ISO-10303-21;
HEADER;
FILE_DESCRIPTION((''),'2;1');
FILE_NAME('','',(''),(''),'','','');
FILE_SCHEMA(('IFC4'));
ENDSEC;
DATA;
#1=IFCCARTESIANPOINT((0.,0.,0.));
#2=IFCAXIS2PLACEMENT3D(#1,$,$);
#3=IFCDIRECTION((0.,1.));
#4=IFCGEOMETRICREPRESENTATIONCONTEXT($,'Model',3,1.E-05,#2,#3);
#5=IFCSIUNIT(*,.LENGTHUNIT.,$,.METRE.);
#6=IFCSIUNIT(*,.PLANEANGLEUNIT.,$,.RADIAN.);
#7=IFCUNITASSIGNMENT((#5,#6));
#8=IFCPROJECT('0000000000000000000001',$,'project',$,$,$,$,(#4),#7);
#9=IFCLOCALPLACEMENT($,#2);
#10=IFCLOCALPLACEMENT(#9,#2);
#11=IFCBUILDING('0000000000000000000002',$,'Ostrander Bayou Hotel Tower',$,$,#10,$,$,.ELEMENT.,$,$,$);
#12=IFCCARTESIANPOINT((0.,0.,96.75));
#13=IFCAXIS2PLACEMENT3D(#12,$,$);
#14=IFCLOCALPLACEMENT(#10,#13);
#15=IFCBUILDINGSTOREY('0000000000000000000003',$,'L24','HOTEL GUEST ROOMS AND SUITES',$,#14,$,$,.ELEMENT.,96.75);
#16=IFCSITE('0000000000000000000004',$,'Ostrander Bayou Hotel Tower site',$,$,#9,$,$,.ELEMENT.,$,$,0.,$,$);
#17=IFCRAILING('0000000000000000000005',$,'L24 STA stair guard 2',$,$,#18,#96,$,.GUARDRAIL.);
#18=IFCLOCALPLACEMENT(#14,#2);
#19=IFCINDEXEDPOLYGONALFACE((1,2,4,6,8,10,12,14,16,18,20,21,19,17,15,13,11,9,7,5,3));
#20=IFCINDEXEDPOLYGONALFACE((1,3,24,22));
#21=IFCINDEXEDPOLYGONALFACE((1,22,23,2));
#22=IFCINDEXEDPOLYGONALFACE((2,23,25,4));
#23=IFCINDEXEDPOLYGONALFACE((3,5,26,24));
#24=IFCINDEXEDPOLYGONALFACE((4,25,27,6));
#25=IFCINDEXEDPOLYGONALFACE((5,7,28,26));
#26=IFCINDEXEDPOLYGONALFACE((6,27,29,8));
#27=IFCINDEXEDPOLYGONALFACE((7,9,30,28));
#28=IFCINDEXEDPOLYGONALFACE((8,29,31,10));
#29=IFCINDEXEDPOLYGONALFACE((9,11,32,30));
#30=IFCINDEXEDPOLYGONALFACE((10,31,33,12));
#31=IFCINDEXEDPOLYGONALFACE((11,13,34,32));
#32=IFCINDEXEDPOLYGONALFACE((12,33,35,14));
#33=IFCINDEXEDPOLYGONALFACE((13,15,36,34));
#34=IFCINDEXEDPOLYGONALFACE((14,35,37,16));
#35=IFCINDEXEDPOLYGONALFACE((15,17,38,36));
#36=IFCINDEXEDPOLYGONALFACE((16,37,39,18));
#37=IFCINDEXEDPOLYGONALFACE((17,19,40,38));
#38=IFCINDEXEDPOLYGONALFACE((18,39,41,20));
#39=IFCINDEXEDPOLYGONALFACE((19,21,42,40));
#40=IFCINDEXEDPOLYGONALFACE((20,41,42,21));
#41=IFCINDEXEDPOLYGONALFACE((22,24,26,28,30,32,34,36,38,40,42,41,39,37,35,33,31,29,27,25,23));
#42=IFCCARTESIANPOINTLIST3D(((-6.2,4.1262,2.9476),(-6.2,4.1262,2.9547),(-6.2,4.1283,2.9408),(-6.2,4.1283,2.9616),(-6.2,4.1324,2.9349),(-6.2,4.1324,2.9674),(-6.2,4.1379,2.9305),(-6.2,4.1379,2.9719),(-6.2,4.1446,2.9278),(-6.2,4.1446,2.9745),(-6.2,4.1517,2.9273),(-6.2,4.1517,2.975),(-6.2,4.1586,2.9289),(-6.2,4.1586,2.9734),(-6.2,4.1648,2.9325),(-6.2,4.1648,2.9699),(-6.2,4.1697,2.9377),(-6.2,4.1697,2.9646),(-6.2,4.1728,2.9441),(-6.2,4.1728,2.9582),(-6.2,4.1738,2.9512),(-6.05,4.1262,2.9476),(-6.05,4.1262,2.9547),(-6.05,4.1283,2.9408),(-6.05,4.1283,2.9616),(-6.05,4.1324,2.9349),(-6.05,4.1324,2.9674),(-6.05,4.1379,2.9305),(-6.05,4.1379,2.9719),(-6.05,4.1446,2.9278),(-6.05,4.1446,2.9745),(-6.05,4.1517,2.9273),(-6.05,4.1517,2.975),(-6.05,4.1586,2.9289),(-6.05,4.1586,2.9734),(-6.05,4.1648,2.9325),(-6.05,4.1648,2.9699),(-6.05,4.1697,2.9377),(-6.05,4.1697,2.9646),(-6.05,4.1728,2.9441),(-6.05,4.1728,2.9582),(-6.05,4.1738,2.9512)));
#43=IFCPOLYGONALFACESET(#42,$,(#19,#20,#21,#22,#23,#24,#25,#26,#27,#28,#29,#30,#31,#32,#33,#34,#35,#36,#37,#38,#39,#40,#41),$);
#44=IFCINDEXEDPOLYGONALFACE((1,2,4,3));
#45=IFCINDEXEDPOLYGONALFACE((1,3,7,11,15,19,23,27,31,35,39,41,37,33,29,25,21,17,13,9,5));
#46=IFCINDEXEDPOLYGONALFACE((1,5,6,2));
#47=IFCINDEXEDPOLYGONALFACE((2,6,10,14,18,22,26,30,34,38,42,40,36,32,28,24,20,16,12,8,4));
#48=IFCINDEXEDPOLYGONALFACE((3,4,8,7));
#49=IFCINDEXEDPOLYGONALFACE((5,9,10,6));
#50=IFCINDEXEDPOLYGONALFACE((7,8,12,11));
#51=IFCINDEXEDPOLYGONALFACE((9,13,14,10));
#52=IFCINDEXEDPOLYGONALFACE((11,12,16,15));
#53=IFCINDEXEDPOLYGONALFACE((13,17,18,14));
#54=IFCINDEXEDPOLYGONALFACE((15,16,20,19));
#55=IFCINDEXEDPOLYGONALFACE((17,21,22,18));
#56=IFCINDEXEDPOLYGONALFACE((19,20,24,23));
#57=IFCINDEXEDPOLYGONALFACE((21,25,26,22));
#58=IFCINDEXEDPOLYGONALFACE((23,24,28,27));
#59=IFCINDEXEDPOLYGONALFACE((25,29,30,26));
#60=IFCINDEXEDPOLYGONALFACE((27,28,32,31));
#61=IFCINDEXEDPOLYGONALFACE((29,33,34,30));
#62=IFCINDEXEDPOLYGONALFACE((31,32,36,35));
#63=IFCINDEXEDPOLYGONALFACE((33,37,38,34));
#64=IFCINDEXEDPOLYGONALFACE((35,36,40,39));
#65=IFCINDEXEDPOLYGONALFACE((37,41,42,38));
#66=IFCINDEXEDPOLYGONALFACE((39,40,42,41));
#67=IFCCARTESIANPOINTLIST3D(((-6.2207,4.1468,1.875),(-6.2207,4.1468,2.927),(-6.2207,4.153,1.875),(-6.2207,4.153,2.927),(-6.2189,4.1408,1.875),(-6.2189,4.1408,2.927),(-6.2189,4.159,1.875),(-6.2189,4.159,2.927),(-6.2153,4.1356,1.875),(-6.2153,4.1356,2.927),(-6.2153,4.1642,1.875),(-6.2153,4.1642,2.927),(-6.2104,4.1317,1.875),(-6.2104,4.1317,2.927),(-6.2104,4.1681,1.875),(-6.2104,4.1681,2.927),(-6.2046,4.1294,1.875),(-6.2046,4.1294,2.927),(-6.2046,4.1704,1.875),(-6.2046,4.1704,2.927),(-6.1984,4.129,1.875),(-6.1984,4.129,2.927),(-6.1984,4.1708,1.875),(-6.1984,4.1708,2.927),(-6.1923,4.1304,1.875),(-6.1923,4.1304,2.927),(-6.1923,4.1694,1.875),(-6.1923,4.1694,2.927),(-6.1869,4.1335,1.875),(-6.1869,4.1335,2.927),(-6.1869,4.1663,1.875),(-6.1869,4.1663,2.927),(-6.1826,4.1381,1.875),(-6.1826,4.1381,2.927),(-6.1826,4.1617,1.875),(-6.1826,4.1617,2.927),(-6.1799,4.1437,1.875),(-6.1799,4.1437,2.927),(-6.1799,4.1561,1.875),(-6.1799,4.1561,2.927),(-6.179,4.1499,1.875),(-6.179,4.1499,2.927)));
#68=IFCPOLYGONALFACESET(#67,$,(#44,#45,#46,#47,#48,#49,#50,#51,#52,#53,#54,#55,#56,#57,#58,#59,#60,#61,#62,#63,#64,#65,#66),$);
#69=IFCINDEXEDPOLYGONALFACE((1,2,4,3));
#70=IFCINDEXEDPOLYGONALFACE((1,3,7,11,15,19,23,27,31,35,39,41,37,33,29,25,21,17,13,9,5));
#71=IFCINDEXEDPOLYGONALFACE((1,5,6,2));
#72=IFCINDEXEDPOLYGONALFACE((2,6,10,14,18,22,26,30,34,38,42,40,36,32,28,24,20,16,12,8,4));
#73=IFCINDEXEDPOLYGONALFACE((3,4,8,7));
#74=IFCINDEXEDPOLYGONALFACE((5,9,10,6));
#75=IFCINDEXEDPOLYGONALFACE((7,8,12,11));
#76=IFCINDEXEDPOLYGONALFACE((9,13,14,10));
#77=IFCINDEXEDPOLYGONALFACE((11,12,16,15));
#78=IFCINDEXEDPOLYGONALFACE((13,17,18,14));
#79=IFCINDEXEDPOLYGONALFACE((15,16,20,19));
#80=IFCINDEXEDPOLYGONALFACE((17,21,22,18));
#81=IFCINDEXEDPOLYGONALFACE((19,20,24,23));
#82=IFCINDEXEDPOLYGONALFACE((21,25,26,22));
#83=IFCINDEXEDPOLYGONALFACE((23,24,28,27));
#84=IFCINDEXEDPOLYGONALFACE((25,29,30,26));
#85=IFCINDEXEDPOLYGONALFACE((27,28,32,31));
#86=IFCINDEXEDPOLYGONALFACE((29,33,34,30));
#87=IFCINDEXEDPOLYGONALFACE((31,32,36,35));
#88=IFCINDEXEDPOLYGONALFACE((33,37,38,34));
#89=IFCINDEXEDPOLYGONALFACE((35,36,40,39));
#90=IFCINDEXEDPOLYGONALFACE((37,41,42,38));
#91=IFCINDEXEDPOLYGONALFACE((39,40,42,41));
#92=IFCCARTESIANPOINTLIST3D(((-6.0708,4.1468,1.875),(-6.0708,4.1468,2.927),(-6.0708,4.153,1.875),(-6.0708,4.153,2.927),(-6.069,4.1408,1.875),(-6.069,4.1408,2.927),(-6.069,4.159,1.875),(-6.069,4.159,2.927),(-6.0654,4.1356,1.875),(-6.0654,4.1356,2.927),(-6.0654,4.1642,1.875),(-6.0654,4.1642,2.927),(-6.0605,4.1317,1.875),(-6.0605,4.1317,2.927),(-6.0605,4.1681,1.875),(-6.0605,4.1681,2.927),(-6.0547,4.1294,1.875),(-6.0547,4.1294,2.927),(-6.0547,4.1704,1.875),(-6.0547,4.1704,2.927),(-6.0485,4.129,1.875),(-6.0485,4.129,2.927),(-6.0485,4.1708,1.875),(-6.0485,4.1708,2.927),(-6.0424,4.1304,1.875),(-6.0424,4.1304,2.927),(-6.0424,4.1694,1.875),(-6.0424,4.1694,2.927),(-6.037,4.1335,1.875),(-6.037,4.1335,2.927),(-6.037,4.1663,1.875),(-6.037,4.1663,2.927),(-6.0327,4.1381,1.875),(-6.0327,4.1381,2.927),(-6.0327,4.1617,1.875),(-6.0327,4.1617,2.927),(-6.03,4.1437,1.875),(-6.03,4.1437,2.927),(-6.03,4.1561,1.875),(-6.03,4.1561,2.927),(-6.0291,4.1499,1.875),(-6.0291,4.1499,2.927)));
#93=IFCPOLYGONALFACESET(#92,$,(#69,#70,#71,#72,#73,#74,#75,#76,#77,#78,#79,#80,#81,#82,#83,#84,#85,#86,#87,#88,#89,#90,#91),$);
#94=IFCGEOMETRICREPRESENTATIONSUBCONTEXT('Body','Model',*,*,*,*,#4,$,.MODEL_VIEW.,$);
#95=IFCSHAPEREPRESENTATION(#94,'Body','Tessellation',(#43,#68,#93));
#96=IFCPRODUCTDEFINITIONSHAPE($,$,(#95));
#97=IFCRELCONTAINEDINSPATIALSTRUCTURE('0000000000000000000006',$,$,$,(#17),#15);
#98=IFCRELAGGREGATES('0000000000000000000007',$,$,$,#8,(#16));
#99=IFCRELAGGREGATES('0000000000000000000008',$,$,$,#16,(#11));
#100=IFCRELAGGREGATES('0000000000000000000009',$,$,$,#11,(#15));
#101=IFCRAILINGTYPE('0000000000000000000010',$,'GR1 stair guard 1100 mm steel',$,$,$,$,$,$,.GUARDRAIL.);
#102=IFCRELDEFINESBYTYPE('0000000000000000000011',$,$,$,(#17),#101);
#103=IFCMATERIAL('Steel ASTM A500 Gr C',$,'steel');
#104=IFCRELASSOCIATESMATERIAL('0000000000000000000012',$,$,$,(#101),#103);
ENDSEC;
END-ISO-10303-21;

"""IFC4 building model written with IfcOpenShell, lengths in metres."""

from ifc_helpers import new_model, si_unit, direction, frame, origin, origin_2d, place, context, subcontext, project, spatial, circle, extrude, material, type_object, element, save


model = new_model("IFC4")

# Units and contexts
model_context = context("Model", 3, precision=1e-05, world=origin(), true_north=direction((0.0, 1.0)))
body_context = subcontext(model_context, "Body", "Model", "MODEL_VIEW")
ifc_project = project(units=[si_unit("LENGTHUNIT", "METRE"), si_unit("PLANEANGLEUNIT", "RADIAN")], contexts=[model_context])

# Site, building, storey
site_placement = place(None, origin())
site = spatial("IfcSite", under=ifc_project, at=site_placement, Name="Ostrander Bayou Hotel Tower site", CompositionType="ELEMENT", RefElevation=0.0)
building_placement = place(site_placement, origin())
building = spatial("IfcBuilding", under=site, at=building_placement, Name="Ostrander Bayou Hotel Tower", CompositionType="ELEMENT")
storey_placement = place(building_placement, frame((0.0, 0.0, 96.75)))
storey = spatial("IfcBuildingStorey", under=building, at=storey_placement, Name="L24", Description="HOTEL GUEST ROOMS AND SUITES", CompositionType="ELEMENT", Elevation=96.75)

# Railing
ifc_material_1 = material(Name="Steel ASTM A500 Gr C", Category="steel")
railing_type_1 = type_object("IfcRailingType", Name="GR1 stair guard 1100 mm steel", PredefinedType="GUARDRAIL", material=ifc_material_1)
railing_1_placement = place(storey_placement, frame((-6.2, 4.1499, 1.875)))
element("IfcRailing", 1, at=railing_1_placement, inside=storey, type_object=railing_type_1, Name="L24 STA stair guard 2", PredefinedType="GUARDRAIL", context=body_context, shape_type="SweptSolid", body=[
    extrude(circle(Radius=0.0239, at=origin_2d()), frame((0.0, 0.0, 1.0762), z_axis=(1.0, 0.0, 0.0), x_axis=(0.0, 1.0, 0.0)), (0.0, 0.0, 1.0), 0.1499),
    extrude(circle(Radius=0.021, at=origin_2d()), origin(), (0.0, 0.0, 1.0), 1.052),
    extrude(circle(Radius=0.021, at=origin_2d()), frame((0.1499, 0.0, 0.0)), (0.0, 0.0, 1.0), 1.052),
])

save(model, "model.ifc")
